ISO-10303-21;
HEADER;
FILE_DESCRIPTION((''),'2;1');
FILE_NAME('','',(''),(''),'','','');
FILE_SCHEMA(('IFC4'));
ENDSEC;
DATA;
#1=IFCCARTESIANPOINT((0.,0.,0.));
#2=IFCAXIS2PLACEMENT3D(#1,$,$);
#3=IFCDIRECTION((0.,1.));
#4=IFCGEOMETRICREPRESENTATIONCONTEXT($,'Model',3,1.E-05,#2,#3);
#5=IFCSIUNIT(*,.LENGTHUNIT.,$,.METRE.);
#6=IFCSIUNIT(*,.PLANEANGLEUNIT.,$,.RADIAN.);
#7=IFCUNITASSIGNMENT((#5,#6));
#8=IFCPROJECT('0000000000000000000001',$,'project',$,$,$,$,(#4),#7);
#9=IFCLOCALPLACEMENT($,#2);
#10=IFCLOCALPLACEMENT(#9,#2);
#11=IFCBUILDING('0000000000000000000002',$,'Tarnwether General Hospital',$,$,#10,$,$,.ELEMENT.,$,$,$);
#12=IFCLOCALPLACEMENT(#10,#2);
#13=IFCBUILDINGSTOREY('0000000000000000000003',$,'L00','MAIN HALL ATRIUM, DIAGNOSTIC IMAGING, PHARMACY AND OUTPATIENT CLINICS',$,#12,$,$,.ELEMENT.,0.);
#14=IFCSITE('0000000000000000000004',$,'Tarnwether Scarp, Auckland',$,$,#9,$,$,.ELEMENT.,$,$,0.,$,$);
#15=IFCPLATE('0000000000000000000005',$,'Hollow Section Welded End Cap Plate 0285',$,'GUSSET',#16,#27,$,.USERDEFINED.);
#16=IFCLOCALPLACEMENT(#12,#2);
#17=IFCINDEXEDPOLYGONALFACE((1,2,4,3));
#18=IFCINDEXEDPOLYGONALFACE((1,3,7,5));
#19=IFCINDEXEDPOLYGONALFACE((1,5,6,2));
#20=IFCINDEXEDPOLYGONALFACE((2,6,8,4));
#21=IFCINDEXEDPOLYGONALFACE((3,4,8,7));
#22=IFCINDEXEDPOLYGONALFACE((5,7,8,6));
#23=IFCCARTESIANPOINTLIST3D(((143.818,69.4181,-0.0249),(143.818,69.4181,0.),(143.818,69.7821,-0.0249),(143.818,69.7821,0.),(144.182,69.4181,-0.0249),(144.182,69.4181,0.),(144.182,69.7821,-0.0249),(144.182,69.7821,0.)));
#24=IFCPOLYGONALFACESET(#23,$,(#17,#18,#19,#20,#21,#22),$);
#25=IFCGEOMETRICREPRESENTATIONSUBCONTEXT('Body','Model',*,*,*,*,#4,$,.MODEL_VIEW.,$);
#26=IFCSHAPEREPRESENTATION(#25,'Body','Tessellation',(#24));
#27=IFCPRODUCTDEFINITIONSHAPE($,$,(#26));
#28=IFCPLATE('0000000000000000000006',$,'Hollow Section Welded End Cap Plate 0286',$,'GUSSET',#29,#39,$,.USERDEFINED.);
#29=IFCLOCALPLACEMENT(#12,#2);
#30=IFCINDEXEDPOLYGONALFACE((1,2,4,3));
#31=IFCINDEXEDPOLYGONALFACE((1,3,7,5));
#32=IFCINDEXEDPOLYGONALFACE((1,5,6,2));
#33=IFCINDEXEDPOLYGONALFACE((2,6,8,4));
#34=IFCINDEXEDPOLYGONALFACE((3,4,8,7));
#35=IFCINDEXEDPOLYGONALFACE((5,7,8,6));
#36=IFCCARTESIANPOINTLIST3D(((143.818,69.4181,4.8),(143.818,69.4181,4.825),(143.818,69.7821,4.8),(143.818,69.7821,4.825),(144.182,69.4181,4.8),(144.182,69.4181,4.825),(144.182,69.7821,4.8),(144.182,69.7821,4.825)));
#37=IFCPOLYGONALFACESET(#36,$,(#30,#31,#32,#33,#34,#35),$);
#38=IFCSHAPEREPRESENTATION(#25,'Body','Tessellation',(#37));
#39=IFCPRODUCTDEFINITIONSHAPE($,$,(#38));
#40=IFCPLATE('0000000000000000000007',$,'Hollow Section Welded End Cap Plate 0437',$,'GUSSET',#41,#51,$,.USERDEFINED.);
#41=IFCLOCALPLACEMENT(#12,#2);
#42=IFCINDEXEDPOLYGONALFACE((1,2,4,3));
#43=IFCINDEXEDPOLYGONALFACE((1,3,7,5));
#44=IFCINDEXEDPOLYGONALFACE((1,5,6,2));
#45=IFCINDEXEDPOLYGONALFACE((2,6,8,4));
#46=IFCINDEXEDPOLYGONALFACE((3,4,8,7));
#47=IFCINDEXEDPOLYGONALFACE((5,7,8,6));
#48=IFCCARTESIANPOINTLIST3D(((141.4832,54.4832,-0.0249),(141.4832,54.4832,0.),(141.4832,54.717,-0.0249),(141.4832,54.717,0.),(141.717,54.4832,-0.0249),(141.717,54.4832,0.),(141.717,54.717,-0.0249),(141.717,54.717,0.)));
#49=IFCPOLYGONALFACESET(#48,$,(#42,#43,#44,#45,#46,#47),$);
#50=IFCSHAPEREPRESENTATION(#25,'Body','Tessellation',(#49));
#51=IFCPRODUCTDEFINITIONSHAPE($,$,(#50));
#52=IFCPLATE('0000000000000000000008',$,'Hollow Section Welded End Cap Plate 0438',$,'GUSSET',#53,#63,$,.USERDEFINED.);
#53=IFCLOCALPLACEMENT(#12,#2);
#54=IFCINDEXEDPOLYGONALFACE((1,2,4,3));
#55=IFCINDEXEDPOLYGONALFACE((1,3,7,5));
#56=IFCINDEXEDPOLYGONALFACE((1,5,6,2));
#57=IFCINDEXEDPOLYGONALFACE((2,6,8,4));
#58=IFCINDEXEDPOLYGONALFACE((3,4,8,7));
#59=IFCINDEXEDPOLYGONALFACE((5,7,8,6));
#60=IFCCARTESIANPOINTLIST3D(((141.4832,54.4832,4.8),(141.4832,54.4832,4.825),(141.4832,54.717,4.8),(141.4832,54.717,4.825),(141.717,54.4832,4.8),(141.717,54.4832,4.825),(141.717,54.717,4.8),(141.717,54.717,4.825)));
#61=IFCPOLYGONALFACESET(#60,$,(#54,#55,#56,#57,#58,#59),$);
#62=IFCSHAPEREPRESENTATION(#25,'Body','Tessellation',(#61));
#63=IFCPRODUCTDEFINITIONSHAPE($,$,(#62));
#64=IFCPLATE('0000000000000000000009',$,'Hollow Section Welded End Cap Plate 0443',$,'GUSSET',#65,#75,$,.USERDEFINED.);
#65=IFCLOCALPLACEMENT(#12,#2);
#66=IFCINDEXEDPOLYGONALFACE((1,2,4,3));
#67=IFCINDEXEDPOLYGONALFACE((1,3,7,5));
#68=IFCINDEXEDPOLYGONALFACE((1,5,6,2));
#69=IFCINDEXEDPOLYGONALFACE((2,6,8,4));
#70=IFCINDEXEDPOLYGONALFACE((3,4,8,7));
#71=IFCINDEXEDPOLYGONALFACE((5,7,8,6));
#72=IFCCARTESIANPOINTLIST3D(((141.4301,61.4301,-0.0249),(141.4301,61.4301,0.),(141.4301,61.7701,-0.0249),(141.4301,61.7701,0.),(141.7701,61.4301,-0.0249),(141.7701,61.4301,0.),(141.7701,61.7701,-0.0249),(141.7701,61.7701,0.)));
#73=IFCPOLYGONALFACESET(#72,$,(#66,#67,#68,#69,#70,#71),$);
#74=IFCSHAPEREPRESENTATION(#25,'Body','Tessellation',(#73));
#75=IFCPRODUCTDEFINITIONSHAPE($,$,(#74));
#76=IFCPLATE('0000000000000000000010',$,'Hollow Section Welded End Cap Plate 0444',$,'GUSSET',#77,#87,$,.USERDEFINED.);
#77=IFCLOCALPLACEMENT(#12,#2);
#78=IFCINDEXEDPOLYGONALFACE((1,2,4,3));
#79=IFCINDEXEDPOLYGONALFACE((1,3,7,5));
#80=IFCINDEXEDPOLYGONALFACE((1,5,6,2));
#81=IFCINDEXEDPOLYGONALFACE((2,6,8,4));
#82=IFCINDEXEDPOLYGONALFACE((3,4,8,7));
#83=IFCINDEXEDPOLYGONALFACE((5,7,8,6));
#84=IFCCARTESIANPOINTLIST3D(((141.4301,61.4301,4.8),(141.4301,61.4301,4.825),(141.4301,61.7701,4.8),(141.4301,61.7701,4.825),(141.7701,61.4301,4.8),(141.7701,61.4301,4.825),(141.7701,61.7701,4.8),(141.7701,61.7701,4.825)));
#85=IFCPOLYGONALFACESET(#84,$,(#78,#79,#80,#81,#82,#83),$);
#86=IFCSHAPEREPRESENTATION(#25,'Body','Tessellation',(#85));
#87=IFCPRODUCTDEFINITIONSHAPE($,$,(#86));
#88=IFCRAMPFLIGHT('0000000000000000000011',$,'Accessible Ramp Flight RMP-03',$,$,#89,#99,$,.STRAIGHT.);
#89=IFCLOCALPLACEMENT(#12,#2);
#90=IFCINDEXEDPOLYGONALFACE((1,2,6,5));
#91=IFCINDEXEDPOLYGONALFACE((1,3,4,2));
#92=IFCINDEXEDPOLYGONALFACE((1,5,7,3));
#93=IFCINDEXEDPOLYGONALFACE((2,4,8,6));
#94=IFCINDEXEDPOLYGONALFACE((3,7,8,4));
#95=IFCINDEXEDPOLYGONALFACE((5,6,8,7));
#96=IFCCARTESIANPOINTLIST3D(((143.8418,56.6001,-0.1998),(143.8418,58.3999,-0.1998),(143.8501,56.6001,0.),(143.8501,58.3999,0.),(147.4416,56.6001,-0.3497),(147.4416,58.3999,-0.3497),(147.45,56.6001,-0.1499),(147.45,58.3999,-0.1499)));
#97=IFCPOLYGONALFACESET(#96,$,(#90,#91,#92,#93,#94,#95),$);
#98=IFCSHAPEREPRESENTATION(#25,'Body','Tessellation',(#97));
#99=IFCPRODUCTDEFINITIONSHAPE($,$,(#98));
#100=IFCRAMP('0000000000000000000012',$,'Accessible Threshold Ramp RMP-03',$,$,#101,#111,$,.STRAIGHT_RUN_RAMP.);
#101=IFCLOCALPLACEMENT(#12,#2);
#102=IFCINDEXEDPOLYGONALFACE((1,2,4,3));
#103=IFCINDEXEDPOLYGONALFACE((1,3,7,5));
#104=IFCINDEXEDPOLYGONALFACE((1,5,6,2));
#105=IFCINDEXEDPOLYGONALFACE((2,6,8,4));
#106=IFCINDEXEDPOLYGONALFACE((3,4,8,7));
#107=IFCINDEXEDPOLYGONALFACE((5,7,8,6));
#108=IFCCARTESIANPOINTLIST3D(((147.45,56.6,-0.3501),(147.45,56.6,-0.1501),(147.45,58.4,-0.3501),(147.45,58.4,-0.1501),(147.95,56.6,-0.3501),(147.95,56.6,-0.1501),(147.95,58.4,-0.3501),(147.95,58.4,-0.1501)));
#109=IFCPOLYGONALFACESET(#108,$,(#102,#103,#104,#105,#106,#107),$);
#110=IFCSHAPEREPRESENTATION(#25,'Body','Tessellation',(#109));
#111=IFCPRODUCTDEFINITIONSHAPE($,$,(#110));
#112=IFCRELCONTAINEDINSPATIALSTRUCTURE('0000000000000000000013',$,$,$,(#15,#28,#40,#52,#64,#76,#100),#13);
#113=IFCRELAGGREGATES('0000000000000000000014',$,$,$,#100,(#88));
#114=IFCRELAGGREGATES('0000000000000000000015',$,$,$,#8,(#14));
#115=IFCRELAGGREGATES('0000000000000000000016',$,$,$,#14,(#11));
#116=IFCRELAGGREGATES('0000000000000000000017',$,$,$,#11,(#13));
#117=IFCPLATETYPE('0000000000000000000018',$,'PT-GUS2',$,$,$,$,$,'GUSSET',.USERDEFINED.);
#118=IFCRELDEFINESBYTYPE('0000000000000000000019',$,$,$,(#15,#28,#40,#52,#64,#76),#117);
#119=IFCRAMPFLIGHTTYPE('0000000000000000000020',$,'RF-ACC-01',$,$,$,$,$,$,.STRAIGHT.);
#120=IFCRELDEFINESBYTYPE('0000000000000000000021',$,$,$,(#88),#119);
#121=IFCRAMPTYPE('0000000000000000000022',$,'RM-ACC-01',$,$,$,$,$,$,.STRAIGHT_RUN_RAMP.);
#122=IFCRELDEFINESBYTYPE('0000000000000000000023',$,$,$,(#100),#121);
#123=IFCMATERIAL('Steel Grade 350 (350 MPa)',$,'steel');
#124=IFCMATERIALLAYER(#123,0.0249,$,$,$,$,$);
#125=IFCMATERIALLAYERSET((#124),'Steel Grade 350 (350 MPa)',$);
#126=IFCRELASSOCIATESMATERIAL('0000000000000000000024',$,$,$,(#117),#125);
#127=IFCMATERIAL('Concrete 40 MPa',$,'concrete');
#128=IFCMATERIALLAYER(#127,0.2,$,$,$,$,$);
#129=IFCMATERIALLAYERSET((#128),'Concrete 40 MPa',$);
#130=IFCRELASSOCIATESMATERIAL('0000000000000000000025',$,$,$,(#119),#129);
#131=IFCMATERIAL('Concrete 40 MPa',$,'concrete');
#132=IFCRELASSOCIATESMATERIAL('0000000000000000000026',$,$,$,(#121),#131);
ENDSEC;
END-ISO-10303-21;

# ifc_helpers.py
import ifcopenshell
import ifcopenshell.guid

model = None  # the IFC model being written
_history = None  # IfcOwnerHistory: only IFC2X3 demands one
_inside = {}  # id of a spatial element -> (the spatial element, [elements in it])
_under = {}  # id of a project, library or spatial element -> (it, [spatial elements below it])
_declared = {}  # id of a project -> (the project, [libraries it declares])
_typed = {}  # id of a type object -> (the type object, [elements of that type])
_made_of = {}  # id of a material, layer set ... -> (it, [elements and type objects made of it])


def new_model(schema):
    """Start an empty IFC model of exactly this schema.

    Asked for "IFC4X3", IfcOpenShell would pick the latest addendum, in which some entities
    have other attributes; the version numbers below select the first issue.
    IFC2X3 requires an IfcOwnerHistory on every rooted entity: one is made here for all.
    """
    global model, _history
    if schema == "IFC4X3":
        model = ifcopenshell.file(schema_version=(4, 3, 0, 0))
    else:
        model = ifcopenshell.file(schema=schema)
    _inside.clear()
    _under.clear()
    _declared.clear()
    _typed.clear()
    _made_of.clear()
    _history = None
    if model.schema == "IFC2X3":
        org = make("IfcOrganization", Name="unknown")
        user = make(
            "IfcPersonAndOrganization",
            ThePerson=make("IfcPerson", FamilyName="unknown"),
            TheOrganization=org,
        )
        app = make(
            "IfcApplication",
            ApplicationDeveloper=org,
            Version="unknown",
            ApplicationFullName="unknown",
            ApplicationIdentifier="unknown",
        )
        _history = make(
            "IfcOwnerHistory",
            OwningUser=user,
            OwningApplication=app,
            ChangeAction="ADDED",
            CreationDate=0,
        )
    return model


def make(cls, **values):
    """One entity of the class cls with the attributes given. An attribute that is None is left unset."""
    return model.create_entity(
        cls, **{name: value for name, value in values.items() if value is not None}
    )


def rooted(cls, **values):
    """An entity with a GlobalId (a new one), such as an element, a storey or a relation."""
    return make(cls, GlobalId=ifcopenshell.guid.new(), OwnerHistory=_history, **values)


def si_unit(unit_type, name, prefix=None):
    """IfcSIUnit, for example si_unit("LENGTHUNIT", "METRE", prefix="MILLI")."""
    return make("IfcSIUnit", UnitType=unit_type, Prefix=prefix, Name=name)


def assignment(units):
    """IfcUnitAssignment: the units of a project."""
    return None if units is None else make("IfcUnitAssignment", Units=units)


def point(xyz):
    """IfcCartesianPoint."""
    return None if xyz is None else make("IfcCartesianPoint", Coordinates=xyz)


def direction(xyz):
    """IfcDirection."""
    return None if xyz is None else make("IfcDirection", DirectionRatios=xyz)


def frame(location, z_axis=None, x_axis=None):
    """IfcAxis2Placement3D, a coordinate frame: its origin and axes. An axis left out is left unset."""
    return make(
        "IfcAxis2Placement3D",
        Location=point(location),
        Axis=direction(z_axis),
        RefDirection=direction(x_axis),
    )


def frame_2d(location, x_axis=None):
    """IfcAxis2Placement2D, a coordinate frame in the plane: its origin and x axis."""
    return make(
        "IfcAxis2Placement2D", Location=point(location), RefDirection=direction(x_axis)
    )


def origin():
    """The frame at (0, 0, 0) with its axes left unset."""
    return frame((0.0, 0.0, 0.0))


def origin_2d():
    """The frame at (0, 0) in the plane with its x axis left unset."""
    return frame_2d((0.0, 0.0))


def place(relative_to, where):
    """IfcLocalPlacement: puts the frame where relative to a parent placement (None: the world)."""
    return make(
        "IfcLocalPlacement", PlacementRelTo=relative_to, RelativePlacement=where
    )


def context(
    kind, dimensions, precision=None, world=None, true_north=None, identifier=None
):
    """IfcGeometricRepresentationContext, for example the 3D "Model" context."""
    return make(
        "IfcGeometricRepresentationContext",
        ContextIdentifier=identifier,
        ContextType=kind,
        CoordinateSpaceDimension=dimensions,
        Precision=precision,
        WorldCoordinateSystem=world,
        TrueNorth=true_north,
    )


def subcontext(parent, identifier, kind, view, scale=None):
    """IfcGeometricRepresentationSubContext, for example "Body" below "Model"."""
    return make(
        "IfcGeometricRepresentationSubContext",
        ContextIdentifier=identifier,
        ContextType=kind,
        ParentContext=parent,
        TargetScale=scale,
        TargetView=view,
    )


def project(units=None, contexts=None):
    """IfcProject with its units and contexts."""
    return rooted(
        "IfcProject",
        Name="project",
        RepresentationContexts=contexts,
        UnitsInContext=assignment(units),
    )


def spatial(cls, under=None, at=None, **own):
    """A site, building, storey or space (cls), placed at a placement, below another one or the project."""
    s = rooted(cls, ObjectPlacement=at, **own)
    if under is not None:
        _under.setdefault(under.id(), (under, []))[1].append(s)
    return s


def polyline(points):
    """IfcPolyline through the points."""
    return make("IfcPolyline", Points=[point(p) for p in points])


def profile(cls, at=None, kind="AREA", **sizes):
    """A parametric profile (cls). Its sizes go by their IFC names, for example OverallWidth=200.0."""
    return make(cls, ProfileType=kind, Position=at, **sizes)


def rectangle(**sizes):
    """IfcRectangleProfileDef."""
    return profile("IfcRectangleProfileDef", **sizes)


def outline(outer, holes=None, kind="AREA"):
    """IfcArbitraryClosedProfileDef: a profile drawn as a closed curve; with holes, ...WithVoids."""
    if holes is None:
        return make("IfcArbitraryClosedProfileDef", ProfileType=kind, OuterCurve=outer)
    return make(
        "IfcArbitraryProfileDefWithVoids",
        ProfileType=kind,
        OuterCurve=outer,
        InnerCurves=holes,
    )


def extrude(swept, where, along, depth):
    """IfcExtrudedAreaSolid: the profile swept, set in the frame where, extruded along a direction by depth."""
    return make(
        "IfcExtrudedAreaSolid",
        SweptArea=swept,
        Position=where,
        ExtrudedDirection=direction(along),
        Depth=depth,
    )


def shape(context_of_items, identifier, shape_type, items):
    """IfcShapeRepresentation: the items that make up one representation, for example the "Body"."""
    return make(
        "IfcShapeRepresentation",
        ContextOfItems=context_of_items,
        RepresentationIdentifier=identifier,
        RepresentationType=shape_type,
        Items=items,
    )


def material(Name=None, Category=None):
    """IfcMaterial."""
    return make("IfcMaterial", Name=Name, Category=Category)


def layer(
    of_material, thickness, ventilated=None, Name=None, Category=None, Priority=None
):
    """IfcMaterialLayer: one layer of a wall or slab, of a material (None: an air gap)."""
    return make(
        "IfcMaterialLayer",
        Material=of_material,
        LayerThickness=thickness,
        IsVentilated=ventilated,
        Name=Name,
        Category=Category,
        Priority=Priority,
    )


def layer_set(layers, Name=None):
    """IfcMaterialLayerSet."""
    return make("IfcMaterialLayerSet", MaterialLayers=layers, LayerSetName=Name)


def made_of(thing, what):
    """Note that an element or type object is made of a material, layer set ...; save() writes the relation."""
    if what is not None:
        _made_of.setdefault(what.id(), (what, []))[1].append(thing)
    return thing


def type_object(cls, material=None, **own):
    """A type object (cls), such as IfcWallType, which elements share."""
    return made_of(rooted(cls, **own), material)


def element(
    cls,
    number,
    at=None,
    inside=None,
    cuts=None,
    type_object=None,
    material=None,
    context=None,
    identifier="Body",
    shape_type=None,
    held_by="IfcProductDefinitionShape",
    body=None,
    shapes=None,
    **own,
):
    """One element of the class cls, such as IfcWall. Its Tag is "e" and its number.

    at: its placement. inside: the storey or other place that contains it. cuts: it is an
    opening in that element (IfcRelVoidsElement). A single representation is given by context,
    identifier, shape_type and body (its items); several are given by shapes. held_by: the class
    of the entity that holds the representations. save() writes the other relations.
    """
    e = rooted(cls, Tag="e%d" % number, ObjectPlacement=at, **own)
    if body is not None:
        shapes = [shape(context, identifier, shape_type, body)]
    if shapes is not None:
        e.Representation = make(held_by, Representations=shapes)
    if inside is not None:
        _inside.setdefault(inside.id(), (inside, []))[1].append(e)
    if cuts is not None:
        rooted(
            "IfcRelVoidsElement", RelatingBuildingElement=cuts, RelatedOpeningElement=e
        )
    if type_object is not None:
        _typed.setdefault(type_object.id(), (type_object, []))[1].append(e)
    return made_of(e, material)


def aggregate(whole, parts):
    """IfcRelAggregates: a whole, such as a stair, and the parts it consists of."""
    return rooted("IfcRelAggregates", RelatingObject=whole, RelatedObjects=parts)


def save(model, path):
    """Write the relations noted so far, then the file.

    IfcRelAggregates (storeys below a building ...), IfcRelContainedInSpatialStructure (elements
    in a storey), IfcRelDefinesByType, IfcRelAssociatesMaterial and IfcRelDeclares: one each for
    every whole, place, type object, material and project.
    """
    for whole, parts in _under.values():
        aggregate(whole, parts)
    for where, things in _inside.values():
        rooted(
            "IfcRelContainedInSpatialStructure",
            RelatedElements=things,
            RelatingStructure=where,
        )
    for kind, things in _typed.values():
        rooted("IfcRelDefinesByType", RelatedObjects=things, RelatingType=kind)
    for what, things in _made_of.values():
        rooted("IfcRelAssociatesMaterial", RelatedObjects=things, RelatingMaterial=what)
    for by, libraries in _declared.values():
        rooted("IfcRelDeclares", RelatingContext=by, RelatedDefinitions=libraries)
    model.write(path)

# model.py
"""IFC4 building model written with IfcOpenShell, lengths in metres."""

from ifc_helpers import new_model, si_unit, direction, frame, origin, origin_2d, place, context, subcontext, project, spatial, polyline, rectangle, outline, extrude, material, layer, layer_set, type_object, element, aggregate, save


model = new_model("IFC4")

# Units and contexts
model_context = context("Model", 3, precision=1e-05, world=origin(), true_north=direction((0.0, 1.0)))
body_context = subcontext(model_context, "Body", "Model", "MODEL_VIEW")
ifc_project = project(units=[si_unit("LENGTHUNIT", "METRE"), si_unit("PLANEANGLEUNIT", "RADIAN")], contexts=[model_context])

# Site, building, storey
site_placement = place(None, origin())
site = spatial("IfcSite", under=ifc_project, at=site_placement, Name="Tarnwether Scarp, Auckland", CompositionType="ELEMENT", RefElevation=0.0)
building_placement = place(site_placement, origin())
building = spatial("IfcBuilding", under=site, at=building_placement, Name="Tarnwether General Hospital", CompositionType="ELEMENT")
storey_placement = place(building_placement, origin())
storey = spatial("IfcBuildingStorey", under=building, at=storey_placement, Name="L00", Description="MAIN HALL ATRIUM, DIAGNOSTIC IMAGING, PHARMACY AND OUTPATIENT CLINICS", CompositionType="ELEMENT", Elevation=0.0)

# Plates
ifc_material_1 = material(Name="Steel Grade 350 (350 MPa)", Category="steel")
ifc_layer_1 = layer(ifc_material_1, 0.0249)
ifc_layer_set_1 = layer_set([ifc_layer_1], Name="Steel Grade 350 (350 MPa)")
plate_type_1 = type_object("IfcPlateType", Name="PT-GUS2", ElementType="GUSSET", PredefinedType="USERDEFINED", material=ifc_layer_set_1)
for number, where, z_axis, x_axis, name in (
    (1, (144.0, 69.6001, -0.0249), (0.0, 0.0, 1.0), (1.0, 0.0, 0.0), "Hollow Section Welded End Cap Plate 0285"),
    (2, (144.0, 69.6001, 4.8), (0.0, 0.0, 1.0), (1.0, 0.0, 0.0), "Hollow Section Welded End Cap Plate 0286"),
):
    element("IfcPlate", number, at=place(storey_placement, frame(where, z_axis=z_axis, x_axis=x_axis)), inside=storey, type_object=plate_type_1, Name=name, ObjectType="GUSSET", PredefinedType="USERDEFINED", context=body_context, shape_type="SweptSolid", body=[
        extrude(rectangle(XDim=0.364, YDim=0.364, at=origin_2d()), origin(), (0.0, 0.0, 1.0), 0.0249),
    ])
for number, where, z_axis, x_axis, name in (
    (3, (141.6001, 54.6001, -0.0249), (0.0, 0.0, 1.0), (1.0, 0.0, 0.0), "Hollow Section Welded End Cap Plate 0437"),
    (4, (141.6001, 54.6001, 4.8), (0.0, 0.0, 1.0), (1.0, 0.0, 0.0), "Hollow Section Welded End Cap Plate 0438"),
):
    element("IfcPlate", number, at=place(storey_placement, frame(where, z_axis=z_axis, x_axis=x_axis)), inside=storey, type_object=plate_type_1, Name=name, ObjectType="GUSSET", PredefinedType="USERDEFINED", context=body_context, shape_type="SweptSolid", body=[
        extrude(rectangle(XDim=0.2339, YDim=0.2339, at=origin_2d()), origin(), (0.0, 0.0, 1.0), 0.0249),
    ])
for number, where, z_axis, x_axis, name in (
    (5, (141.6001, 61.6001, -0.0249), (0.0, 0.0, 1.0), (1.0, 0.0, 0.0), "Hollow Section Welded End Cap Plate 0443"),
    (6, (141.6001, 61.6001, 4.8), (0.0, 0.0, 1.0), (1.0, 0.0, 0.0), "Hollow Section Welded End Cap Plate 0444"),
):
    element("IfcPlate", number, at=place(storey_placement, frame(where, z_axis=z_axis, x_axis=x_axis)), inside=storey, type_object=plate_type_1, Name=name, ObjectType="GUSSET", PredefinedType="USERDEFINED", context=body_context, shape_type="SweptSolid", body=[
        extrude(rectangle(XDim=0.3401, YDim=0.3401, at=origin_2d()), origin(), (0.0, 0.0, 1.0), 0.0249),
    ])

# Ramp flight
ifc_material_2 = material(Name="Concrete 40 MPa", Category="concrete")
ifc_layer_2 = layer(ifc_material_2, 0.2)
ifc_layer_set_2 = layer_set([ifc_layer_2], Name="Concrete 40 MPa")
ramp_flight_type = type_object("IfcRampFlightType", Name="RF-ACC-01", PredefinedType="STRAIGHT", material=ifc_layer_set_2)
ramp_flight_placement = place(storey_placement, frame((147.45, 58.3999, -0.1499), z_axis=(0.041605, 0.0, 0.999134), x_axis=(-0.999134, 0.0, 0.041605)))
ramp_flight = element("IfcRampFlight", 7, at=ramp_flight_placement, type_object=ramp_flight_type, Name="Accessible Ramp Flight RMP-03", PredefinedType="STRAIGHT", context=body_context, shape_type="SweptSolid", body=[
    extrude(outline(polyline([(0.0, 0.0), (3.603, 0.0), (3.603, 1.7998), (0.0, 1.7998), (0.0, 0.0)])), origin(), (0.0, 0.0, -1.0), 0.2),
])

# Ramp
ifc_material_3 = material(Name="Concrete 40 MPa", Category="concrete")
ramp_type = type_object("IfcRampType", Name="RM-ACC-01", PredefinedType="STRAIGHT_RUN_RAMP", material=ifc_material_3)
ramp_placement = place(storey_placement, frame((147.7, 57.5, -0.3501), z_axis=(0.0, 0.0, 1.0), x_axis=(-1.0, 0.0, 0.0)))
ramp = element("IfcRamp", 8, at=ramp_placement, inside=storey, type_object=ramp_type, Name="Accessible Threshold Ramp RMP-03", PredefinedType="STRAIGHT_RUN_RAMP", context=body_context, shape_type="SweptSolid", body=[
    extrude(rectangle(XDim=0.5, YDim=1.8, at=origin_2d()), origin(), (0.0, 0.0, 1.0), 0.2),
])
aggregate(ramp, [ramp_flight])

save(model, "model.ifc")
